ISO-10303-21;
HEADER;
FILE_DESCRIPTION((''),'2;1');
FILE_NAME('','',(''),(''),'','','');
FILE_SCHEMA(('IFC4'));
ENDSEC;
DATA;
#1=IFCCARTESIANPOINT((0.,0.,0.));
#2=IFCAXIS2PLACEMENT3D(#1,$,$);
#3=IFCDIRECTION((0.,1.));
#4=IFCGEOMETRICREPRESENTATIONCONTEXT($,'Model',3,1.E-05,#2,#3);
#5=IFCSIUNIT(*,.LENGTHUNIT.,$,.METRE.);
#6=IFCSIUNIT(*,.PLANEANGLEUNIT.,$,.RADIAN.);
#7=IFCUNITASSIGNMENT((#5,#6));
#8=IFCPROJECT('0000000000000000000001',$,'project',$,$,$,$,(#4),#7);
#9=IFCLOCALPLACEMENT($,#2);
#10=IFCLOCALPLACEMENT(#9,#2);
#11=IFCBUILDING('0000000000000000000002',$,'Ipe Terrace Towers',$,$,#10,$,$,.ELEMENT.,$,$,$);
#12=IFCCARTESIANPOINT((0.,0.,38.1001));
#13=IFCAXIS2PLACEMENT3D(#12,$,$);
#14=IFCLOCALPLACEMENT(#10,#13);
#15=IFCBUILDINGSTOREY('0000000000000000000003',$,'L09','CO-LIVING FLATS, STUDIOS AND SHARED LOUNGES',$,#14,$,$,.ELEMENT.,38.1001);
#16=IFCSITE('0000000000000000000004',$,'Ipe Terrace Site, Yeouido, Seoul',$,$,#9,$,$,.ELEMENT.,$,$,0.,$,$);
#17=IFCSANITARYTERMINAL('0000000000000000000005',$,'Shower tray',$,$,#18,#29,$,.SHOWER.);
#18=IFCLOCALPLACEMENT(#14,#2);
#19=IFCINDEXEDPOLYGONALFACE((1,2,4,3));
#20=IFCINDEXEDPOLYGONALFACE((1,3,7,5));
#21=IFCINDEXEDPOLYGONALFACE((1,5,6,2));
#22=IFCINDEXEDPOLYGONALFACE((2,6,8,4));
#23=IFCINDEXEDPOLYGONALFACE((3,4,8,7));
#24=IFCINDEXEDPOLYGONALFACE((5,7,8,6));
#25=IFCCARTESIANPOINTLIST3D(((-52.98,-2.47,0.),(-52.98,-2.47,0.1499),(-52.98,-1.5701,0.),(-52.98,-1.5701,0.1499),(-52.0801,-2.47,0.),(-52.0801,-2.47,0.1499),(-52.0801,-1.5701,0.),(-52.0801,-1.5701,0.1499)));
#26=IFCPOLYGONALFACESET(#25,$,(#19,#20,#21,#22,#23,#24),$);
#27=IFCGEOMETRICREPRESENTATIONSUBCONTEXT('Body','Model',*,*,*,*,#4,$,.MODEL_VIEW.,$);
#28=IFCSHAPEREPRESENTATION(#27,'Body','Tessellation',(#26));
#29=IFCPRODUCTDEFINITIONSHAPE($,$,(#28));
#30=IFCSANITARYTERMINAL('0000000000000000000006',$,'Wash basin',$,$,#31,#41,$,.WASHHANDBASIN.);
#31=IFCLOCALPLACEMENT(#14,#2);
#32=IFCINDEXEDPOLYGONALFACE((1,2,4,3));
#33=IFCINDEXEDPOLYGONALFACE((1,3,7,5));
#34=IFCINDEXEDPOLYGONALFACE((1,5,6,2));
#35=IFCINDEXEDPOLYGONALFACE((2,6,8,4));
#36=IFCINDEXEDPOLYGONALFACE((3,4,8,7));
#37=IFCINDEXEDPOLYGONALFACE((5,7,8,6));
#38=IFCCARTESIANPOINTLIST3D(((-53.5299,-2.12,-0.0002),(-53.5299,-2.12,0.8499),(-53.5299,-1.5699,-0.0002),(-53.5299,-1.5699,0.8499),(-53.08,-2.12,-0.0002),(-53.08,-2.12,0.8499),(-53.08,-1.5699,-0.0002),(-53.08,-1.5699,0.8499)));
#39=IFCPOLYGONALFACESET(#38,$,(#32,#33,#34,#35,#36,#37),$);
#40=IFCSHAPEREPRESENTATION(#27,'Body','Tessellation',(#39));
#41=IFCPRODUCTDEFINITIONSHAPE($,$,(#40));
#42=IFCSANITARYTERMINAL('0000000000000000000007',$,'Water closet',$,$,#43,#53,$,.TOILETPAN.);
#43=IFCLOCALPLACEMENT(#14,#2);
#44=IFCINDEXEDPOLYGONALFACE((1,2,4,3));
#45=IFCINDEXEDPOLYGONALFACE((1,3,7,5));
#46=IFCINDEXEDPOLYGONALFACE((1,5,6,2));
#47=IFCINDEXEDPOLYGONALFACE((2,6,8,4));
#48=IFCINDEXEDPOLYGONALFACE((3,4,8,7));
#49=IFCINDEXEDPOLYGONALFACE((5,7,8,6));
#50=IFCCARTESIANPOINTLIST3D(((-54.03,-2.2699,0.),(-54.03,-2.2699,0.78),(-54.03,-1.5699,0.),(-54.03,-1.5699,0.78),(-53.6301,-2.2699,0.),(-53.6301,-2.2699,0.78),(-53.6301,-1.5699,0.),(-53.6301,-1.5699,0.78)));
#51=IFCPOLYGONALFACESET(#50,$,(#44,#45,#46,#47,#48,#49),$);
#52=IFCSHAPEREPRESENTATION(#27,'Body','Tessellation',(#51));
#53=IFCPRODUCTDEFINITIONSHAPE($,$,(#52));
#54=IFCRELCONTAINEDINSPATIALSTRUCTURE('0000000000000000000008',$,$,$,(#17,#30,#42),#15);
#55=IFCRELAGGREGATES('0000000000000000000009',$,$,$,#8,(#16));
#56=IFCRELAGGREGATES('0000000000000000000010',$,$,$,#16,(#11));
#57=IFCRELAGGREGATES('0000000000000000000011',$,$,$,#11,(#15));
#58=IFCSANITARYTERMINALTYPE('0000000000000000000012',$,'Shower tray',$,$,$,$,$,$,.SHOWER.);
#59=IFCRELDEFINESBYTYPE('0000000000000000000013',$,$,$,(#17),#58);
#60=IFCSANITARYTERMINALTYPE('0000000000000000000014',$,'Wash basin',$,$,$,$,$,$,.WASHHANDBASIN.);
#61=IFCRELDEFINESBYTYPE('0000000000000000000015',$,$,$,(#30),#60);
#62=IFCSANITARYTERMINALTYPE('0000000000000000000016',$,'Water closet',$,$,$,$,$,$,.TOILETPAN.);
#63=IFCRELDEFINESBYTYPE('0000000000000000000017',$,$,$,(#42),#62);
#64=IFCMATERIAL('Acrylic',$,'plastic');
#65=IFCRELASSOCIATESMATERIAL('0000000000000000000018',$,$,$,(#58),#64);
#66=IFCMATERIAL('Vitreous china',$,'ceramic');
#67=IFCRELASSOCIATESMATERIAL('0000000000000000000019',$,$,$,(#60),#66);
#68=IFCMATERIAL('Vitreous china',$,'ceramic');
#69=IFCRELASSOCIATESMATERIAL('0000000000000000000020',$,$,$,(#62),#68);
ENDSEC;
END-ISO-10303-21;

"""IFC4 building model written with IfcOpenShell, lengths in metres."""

from ifc_helpers import new_model, si_unit, direction, frame, origin, origin_2d, place, context, subcontext, project, spatial, rectangle, extrude, material, type_object, element, save


model = new_model("IFC4")

# Units and contexts
model_context = context("Model", 3, precision=1e-05, world=origin(), true_north=direction((0.0, 1.0)))
body_context = subcontext(model_context, "Body", "Model", "MODEL_VIEW")
ifc_project = project(units=[si_unit("LENGTHUNIT", "METRE"), si_unit("PLANEANGLEUNIT", "RADIAN")], contexts=[model_context])

# Site, building, storey
site_placement = place(None, origin())
site = spatial("IfcSite", under=ifc_project, at=site_placement, Name="Ipe Terrace Site, Yeouido, Seoul", CompositionType="ELEMENT", RefElevation=0.0)
building_placement = place(site_placement, origin())
building = spatial("IfcBuilding", under=site, at=building_placement, Name="Ipe Terrace Towers", CompositionType="ELEMENT")
storey_placement = place(building_placement, frame((0.0, 0.0, 38.1001)))
storey = spatial("IfcBuildingStorey", under=building, at=storey_placement, Name="L09", Description="CO-LIVING FLATS, STUDIOS AND SHARED LOUNGES", CompositionType="ELEMENT", Elevation=38.1001)

# Sanitary terminals
ifc_material_1 = material(Name="Acrylic", Category="plastic")
sanitary_terminal_type_1 = type_object("IfcSanitaryTerminalType", Name="Shower tray", PredefinedType="SHOWER", material=ifc_material_1)
sanitary_terminal_1_placement = place(storey_placement, frame((-52.53, -2.02, 0.0), z_axis=(0.0, 0.0, 1.0), x_axis=(0.0, -1.0, 0.0)))
element("IfcSanitaryTerminal", 1, at=sanitary_terminal_1_placement, inside=storey, type_object=sanitary_terminal_type_1, Name="Shower tray", PredefinedType="SHOWER", context=body_context, shape_type="SweptSolid", body=[
    extrude(rectangle(XDim=0.8999, YDim=0.8999, at=origin_2d()), origin(), (0.0, 0.0, 1.0), 0.1499),
])
ifc_material_2 = material(Name="Vitreous china", Category="ceramic")
sanitary_terminal_type_2 = type_object("IfcSanitaryTerminalType", Name="Wash basin", PredefinedType="WASHHANDBASIN", material=ifc_material_2)
sanitary_terminal_2_placement = place(storey_placement, frame((-53.3049, -1.845, -0.0002), z_axis=(0.0, 0.0, 1.0), x_axis=(0.0, -1.0, 0.0)))
element("IfcSanitaryTerminal", 2, at=sanitary_terminal_2_placement, inside=storey, type_object=sanitary_terminal_type_2, Name="Wash basin", PredefinedType="WASHHANDBASIN", context=body_context, shape_type="SweptSolid", body=[
    extrude(rectangle(XDim=0.55, YDim=0.45, at=origin_2d()), origin(), (0.0, 0.0, 1.0), 0.8501),
])
ifc_material_3 = material(Name="Vitreous china", Category="ceramic")
sanitary_terminal_type_3 = type_object("IfcSanitaryTerminalType", Name="Water closet", PredefinedType="TOILETPAN", material=ifc_material_3)
sanitary_terminal_3_placement = place(storey_placement, frame((-53.8301, -1.9199, 0.0), z_axis=(0.0, 0.0, 1.0), x_axis=(0.0, -1.0, 0.0)))
element("IfcSanitaryTerminal", 3, at=sanitary_terminal_3_placement, inside=storey, type_object=sanitary_terminal_type_3, Name="Water closet", PredefinedType="TOILETPAN", context=body_context, shape_type="SweptSolid", body=[
    extrude(rectangle(XDim=0.7, YDim=0.3999, at=origin_2d()), origin(), (0.0, 0.0, 1.0), 0.78),
])

save(model, "model.ifc")
